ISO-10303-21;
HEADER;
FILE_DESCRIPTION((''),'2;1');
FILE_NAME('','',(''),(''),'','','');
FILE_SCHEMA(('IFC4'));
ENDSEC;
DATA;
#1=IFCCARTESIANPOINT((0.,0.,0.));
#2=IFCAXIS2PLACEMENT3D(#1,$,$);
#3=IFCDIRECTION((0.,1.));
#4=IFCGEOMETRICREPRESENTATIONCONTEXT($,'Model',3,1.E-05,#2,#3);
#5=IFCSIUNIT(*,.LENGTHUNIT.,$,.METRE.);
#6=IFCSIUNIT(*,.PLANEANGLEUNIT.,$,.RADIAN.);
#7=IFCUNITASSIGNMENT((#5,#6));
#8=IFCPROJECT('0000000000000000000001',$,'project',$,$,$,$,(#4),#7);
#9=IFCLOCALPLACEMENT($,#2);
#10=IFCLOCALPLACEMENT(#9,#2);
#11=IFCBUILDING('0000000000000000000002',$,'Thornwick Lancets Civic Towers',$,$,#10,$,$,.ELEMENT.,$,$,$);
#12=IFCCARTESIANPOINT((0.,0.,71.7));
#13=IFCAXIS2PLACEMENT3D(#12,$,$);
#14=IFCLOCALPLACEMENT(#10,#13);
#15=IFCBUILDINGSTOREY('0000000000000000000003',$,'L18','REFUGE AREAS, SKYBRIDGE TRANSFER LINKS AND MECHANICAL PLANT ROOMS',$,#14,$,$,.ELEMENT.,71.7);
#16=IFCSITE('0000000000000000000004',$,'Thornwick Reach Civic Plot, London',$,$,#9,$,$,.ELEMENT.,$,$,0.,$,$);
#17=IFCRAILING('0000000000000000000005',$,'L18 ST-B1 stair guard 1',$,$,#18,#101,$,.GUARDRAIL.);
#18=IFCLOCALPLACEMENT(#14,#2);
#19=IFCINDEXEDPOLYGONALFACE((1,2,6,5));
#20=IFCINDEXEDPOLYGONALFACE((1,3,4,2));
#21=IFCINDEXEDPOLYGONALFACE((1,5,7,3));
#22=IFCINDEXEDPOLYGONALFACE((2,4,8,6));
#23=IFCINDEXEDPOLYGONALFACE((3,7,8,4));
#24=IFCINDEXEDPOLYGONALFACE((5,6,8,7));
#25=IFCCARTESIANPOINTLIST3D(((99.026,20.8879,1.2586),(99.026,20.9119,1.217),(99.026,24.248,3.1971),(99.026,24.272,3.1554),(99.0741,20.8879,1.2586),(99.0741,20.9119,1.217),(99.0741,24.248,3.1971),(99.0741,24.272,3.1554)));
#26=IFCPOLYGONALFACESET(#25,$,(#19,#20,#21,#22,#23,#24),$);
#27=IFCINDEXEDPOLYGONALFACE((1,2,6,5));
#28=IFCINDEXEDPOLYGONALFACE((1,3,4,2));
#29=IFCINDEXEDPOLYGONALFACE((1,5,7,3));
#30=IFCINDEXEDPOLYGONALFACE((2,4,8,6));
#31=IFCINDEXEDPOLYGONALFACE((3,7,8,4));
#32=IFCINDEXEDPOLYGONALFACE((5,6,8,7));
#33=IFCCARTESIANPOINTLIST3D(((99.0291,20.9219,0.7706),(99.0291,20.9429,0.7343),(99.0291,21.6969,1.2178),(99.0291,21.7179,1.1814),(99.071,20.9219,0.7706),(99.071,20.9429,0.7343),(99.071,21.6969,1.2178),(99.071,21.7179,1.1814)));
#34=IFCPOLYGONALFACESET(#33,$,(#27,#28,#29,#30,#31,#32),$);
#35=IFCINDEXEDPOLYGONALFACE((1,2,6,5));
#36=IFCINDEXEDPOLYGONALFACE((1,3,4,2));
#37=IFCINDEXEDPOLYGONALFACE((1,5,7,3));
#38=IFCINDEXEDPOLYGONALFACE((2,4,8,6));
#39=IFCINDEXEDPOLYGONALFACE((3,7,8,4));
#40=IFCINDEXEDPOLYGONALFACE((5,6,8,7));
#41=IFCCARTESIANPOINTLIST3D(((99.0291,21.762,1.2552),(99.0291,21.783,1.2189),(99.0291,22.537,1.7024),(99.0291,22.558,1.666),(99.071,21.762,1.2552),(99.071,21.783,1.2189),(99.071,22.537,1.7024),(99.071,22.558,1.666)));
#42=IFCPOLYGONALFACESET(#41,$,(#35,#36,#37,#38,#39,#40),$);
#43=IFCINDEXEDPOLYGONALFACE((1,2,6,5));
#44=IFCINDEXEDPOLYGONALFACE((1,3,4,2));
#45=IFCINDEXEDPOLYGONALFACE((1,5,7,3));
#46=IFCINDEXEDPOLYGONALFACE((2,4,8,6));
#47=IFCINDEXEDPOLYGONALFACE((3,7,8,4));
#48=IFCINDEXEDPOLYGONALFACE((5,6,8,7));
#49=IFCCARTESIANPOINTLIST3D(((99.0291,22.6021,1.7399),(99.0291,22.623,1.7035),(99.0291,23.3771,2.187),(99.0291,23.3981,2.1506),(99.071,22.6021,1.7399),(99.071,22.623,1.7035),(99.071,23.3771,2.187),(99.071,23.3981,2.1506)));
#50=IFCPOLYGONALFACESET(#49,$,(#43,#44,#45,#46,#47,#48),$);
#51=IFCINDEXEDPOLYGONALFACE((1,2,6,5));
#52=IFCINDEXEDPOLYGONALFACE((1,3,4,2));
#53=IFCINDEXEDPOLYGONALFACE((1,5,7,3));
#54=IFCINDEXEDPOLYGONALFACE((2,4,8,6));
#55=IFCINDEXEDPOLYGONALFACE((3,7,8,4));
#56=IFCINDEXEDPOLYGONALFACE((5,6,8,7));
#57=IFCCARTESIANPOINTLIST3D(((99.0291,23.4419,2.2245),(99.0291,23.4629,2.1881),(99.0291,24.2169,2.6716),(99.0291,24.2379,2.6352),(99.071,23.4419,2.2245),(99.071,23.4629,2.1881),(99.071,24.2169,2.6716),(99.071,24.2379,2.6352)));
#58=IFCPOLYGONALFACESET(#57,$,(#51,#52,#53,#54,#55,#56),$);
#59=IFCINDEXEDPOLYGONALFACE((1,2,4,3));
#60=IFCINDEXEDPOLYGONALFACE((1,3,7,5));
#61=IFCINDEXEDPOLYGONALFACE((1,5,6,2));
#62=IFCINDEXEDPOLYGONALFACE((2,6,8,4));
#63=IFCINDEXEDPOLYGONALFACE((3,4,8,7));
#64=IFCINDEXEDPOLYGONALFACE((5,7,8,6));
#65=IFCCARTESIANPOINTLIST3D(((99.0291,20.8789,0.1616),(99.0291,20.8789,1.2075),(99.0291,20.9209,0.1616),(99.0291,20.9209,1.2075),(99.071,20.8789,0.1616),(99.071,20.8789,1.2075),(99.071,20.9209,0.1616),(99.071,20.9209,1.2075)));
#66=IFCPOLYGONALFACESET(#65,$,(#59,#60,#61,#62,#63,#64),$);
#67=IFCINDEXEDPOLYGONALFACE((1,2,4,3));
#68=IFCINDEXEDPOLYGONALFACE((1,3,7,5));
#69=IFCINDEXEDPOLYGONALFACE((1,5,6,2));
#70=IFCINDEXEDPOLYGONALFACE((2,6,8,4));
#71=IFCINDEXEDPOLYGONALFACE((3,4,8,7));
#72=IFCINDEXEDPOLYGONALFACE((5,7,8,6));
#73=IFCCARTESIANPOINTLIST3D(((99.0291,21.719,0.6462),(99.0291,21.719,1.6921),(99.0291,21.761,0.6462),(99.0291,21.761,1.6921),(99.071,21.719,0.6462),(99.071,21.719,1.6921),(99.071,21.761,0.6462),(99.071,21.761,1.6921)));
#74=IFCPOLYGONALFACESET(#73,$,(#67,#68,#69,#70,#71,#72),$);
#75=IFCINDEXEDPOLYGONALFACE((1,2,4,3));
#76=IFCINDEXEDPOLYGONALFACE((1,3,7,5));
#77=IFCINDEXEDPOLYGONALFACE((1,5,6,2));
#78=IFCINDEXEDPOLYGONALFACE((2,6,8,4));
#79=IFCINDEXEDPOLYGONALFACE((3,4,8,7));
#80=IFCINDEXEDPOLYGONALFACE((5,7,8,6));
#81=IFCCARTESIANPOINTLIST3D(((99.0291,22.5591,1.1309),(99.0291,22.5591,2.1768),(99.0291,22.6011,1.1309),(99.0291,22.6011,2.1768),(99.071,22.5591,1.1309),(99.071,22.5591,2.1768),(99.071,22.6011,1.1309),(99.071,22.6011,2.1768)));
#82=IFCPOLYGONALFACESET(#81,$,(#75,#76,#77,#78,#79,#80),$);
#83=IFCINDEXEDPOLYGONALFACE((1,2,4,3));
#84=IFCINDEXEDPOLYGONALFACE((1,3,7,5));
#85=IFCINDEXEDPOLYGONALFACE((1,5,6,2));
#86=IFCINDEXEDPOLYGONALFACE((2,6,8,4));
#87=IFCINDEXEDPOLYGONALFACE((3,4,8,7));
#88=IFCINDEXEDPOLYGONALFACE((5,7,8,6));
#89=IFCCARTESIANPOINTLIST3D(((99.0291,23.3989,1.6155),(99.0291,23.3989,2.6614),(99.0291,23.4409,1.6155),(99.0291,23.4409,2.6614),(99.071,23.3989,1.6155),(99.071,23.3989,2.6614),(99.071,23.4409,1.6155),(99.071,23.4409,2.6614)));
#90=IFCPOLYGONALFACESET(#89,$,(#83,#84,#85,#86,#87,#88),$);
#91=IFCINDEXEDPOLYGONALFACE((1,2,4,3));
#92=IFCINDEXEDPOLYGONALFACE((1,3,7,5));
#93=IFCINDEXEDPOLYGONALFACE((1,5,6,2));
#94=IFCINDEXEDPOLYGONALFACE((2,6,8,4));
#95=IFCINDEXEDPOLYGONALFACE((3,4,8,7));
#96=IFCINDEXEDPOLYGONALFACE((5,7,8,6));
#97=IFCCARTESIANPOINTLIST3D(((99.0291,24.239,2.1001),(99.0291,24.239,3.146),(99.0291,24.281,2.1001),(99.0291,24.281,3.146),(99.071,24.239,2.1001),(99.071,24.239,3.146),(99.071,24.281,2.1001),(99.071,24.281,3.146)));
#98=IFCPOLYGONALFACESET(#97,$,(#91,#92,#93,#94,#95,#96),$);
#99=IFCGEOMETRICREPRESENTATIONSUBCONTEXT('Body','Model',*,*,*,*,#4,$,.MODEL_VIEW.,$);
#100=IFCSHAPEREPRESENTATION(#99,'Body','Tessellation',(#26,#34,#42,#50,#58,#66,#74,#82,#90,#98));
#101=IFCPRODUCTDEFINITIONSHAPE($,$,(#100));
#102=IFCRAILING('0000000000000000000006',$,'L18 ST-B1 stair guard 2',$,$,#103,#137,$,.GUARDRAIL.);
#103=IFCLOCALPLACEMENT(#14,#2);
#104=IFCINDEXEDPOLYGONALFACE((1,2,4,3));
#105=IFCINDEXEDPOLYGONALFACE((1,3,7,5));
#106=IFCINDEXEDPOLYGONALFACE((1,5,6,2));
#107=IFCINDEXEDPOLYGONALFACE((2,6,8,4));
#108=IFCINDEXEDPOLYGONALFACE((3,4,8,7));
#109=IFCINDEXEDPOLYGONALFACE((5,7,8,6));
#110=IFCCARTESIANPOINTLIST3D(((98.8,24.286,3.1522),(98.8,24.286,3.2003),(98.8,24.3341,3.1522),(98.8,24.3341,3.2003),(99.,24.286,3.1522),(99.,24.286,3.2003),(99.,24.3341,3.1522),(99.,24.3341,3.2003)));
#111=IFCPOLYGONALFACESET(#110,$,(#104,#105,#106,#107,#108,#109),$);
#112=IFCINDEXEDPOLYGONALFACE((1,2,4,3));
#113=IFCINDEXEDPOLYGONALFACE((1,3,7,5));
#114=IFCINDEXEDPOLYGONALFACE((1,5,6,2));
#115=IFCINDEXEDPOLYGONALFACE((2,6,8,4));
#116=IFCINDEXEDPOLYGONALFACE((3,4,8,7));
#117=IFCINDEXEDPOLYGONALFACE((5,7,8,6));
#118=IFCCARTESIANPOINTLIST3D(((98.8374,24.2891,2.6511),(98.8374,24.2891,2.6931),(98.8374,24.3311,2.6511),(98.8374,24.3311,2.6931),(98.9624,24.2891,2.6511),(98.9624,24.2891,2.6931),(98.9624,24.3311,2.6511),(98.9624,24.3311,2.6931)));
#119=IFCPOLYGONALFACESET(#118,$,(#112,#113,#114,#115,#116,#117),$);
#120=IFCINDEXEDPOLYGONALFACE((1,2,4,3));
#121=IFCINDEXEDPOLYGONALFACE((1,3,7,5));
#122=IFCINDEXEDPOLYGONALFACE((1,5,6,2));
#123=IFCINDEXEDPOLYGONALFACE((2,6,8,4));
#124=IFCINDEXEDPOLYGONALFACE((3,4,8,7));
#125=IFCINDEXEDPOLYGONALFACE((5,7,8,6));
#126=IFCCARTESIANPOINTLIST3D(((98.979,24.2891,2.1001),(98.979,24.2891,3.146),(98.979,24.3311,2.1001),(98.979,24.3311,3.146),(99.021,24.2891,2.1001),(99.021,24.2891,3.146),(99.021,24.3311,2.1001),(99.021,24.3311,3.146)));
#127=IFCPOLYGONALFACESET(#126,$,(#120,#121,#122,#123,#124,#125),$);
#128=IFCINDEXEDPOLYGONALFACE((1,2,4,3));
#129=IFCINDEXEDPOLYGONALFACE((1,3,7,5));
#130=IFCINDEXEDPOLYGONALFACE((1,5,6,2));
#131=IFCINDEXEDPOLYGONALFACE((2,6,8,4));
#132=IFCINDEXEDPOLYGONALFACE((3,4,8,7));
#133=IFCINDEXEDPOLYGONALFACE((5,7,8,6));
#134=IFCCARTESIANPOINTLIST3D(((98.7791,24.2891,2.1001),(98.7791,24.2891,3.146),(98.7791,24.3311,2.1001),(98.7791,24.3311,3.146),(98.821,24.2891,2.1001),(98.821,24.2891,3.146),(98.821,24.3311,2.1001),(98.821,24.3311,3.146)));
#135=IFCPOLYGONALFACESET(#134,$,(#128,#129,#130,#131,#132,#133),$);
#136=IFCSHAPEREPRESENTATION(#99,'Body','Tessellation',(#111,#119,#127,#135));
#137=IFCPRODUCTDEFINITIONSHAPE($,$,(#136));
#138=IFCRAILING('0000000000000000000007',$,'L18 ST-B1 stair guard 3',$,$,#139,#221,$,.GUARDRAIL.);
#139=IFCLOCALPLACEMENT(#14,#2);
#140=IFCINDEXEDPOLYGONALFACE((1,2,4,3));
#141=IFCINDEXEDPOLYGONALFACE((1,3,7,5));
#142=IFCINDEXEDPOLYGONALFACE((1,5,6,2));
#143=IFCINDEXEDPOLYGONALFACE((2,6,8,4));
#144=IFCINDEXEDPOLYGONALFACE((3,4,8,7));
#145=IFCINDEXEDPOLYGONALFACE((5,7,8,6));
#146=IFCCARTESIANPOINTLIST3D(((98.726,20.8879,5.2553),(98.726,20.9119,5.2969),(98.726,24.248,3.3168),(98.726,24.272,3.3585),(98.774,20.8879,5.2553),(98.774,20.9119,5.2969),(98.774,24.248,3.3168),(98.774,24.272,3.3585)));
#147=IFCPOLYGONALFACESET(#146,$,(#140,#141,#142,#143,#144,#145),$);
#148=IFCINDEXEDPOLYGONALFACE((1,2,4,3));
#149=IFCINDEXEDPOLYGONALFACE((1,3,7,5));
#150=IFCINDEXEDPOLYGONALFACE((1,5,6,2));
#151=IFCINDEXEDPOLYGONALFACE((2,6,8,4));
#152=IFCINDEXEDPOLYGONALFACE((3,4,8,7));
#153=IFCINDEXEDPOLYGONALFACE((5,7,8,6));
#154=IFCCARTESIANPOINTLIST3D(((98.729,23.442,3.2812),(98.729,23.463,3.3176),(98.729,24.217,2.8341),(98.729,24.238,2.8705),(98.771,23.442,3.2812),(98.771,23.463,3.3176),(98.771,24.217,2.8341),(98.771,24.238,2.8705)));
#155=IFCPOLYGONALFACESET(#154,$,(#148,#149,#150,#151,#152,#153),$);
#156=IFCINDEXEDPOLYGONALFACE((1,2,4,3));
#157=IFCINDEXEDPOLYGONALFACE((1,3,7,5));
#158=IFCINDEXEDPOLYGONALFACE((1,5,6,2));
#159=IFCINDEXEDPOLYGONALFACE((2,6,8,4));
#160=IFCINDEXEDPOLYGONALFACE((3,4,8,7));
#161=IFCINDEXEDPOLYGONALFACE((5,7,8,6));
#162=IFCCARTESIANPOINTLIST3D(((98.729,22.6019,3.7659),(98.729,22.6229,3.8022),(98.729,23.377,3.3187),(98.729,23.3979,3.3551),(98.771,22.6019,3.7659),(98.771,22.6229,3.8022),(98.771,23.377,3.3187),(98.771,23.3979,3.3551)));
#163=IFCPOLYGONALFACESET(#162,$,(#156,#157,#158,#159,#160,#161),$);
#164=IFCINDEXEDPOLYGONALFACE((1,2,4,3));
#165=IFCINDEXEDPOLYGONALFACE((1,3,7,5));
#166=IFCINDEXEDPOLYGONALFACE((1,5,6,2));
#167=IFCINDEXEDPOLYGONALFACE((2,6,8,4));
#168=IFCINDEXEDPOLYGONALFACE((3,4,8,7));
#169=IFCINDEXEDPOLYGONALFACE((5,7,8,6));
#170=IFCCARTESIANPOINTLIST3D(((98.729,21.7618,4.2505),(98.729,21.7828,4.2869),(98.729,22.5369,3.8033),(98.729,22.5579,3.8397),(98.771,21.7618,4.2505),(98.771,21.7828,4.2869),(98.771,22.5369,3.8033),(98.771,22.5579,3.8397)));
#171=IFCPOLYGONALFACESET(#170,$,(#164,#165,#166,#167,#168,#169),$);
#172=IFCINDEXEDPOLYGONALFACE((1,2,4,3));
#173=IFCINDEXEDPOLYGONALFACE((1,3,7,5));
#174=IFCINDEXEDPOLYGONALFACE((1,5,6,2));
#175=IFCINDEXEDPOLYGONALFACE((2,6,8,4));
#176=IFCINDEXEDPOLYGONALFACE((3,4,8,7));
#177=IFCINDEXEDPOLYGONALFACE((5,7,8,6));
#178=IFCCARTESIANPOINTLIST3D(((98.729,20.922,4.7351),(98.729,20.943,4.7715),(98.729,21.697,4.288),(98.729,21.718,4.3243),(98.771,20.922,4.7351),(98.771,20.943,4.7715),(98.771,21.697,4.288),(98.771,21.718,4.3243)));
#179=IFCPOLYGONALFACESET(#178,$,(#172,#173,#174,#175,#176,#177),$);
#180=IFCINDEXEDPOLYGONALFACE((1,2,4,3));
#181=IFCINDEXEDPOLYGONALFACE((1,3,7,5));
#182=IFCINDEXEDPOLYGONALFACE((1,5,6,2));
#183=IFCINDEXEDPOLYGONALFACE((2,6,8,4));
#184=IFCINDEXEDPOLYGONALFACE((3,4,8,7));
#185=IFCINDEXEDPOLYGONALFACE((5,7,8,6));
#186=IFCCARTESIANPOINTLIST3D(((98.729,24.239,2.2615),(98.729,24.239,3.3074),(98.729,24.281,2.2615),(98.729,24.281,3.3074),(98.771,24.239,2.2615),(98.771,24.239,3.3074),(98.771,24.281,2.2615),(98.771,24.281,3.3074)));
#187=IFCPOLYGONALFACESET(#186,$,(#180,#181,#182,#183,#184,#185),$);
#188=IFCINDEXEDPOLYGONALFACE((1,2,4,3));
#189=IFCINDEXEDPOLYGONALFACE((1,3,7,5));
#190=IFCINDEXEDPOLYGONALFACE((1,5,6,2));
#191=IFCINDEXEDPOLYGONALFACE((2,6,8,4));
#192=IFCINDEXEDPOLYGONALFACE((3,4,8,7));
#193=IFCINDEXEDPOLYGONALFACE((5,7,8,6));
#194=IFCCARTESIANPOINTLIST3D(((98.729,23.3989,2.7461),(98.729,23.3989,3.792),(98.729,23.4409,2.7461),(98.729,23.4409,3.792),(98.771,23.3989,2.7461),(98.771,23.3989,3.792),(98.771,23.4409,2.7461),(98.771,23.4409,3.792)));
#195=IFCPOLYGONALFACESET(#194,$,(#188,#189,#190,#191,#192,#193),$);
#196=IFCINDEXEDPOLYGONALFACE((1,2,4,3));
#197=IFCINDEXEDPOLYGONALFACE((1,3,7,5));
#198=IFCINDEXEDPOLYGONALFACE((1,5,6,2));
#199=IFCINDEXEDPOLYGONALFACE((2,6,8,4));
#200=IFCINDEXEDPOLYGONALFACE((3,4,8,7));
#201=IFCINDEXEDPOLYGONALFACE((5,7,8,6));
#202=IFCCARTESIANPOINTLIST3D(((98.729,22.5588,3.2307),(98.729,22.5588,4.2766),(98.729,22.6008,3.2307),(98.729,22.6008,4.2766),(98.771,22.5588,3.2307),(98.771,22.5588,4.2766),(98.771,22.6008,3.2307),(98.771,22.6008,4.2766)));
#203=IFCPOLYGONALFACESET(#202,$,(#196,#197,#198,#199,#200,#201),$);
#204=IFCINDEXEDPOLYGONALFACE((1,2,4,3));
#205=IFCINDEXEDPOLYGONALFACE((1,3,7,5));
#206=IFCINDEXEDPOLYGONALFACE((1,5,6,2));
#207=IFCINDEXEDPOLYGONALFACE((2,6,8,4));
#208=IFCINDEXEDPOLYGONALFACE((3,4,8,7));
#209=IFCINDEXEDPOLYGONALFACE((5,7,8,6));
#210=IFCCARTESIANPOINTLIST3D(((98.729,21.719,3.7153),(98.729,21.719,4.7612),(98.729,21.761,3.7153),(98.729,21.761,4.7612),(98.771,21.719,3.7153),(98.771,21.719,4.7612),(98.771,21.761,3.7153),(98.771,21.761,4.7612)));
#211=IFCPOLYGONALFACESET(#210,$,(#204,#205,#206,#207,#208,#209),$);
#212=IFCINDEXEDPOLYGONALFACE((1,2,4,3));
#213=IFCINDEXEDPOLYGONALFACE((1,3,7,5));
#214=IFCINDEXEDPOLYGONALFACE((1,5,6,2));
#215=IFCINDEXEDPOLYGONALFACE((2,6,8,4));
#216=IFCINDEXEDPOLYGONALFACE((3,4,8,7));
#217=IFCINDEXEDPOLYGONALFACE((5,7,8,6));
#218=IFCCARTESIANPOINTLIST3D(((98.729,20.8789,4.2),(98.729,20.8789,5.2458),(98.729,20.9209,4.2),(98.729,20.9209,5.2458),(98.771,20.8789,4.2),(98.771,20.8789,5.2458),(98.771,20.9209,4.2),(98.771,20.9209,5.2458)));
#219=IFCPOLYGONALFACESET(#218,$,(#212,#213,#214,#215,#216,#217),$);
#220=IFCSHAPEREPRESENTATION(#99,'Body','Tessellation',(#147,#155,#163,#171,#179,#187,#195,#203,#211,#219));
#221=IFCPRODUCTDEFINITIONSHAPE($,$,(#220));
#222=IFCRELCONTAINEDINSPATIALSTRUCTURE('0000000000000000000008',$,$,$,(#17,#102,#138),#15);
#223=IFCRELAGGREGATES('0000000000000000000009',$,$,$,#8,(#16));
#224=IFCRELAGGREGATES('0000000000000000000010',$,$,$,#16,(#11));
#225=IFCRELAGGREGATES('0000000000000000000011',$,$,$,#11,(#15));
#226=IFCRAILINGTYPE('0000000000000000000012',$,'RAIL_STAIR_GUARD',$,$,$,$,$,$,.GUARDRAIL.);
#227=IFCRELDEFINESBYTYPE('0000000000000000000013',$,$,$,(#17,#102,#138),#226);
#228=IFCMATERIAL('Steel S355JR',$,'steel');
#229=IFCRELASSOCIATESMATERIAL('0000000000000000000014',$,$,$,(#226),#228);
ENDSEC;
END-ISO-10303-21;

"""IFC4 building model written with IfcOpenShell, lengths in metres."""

from ifc_helpers import new_model, si_unit, direction, frame, origin, origin_2d, place, context, subcontext, project, spatial, rectangle, extrude, material, type_object, element, save


model = new_model("IFC4")

# Units and contexts
model_context = context("Model", 3, precision=1e-05, world=origin(), true_north=direction((0.0, 1.0)))
body_context = subcontext(model_context, "Body", "Model", "MODEL_VIEW")
ifc_project = project(units=[si_unit("LENGTHUNIT", "METRE"), si_unit("PLANEANGLEUNIT", "RADIAN")], contexts=[model_context])

# Site, building, storey
site_placement = place(None, origin())
site = spatial("IfcSite", under=ifc_project, at=site_placement, Name="Thornwick Reach Civic Plot, London", CompositionType="ELEMENT", RefElevation=0.0)
building_placement = place(site_placement, origin())
building = spatial("IfcBuilding", under=site, at=building_placement, Name="Thornwick Lancets Civic Towers", CompositionType="ELEMENT")
storey_placement = place(building_placement, frame((0.0, 0.0, 71.7)))
storey = spatial("IfcBuildingStorey", under=building, at=storey_placement, Name="L18", Description="REFUGE AREAS, SKYBRIDGE TRANSFER LINKS AND MECHANICAL PLANT ROOMS", CompositionType="ELEMENT", Elevation=71.7)

# Shared definitions
ifc_material_1 = material(Name="Steel S355JR", Category="steel")

# Railings
railing_type_1 = type_object("IfcRailingType", Name="RAIL_STAIR_GUARD", PredefinedType="GUARDRAIL", material=ifc_material_1)
railing_1_placement = place(storey_placement, frame((99.05, 20.8999, 0.1616)))
element("IfcRailing", 1, at=railing_1_placement, inside=storey, type_object=railing_type_1, Name="L18 ST-B1 stair guard 1", PredefinedType="GUARDRAIL", context=body_context, shape_type="SweptSolid", body=[
    extrude(rectangle(XDim=0.0481, YDim=0.0481, at=origin_2d()), frame((0.0, 0.0, 1.0762), z_axis=(0.0, 0.866191, 0.499713), x_axis=(-1.0, 0.0, 0.0)), (0.0, 0.0, 1.0), 3.8792),
    extrude(rectangle(XDim=0.042, YDim=0.042, at=origin_2d()), frame((0.0, 0.0325, 0.5908), z_axis=(0.0, 0.866191, 0.499713), x_axis=(-1.0, 0.0, 0.0)), (0.0, 0.0, 1.0), 0.8948),
    extrude(rectangle(XDim=0.042, YDim=0.042, at=origin_2d()), frame((0.0, 0.8726, 1.0754), z_axis=(0.0, 0.866191, 0.499713), x_axis=(-1.0, 0.0, 0.0)), (0.0, 0.0, 1.0), 0.8948),
    extrude(rectangle(XDim=0.042, YDim=0.042, at=origin_2d()), frame((0.0, 1.7126, 1.5601), z_axis=(0.0, 0.866191, 0.499713), x_axis=(-1.0, 0.0, 0.0)), (0.0, 0.0, 1.0), 0.8948),
    extrude(rectangle(XDim=0.042, YDim=0.042, at=origin_2d()), frame((0.0, 2.5525, 2.0447), z_axis=(0.0, 0.866191, 0.499713), x_axis=(-1.0, 0.0, 0.0)), (0.0, 0.0, 1.0), 0.8948),
    extrude(rectangle(XDim=0.042, YDim=0.042, at=origin_2d()), origin(), (0.0, 0.0, 1.0), 1.0459),
    extrude(rectangle(XDim=0.042, YDim=0.042, at=origin_2d()), frame((0.0, 0.8401, 0.4846)), (0.0, 0.0, 1.0), 1.0459),
    extrude(rectangle(XDim=0.042, YDim=0.042, at=origin_2d()), frame((0.0, 1.6802, 0.9692)), (0.0, 0.0, 1.0), 1.0459),
    extrude(rectangle(XDim=0.042, YDim=0.042, at=origin_2d()), frame((0.0, 2.52, 1.4539)), (0.0, 0.0, 1.0), 1.0459),
    extrude(rectangle(XDim=0.042, YDim=0.042, at=origin_2d()), frame((0.0, 3.3601, 1.9385)), (0.0, 0.0, 1.0), 1.0459),
])
railing_2_placement = place(storey_placement, frame((99.0, 24.3101, 2.1001)))
element("IfcRailing", 2, at=railing_2_placement, inside=storey, type_object=railing_type_1, Name="L18 ST-B1 stair guard 2", PredefinedType="GUARDRAIL", context=body_context, shape_type="SweptSolid", body=[
    extrude(rectangle(XDim=0.0481, YDim=0.0481, at=origin_2d()), frame((0.0, 0.0, 1.0762), z_axis=(-1.0, 0.0, 0.0), x_axis=(0.0, -1.0, 0.0)), (0.0, 0.0, 1.0), 0.2),
    extrude(rectangle(XDim=0.042, YDim=0.042, at=origin_2d()), frame((-0.0376, 0.0, 0.572), z_axis=(-1.0, 0.0, 0.0), x_axis=(0.0, -1.0, 0.0)), (0.0, 0.0, 1.0), 0.125),
    extrude(rectangle(XDim=0.042, YDim=0.042, at=origin_2d()), origin(), (0.0, 0.0, 1.0), 1.0459),
    extrude(rectangle(XDim=0.042, YDim=0.042, at=origin_2d()), frame((-0.2, 0.0, 0.0)), (0.0, 0.0, 1.0), 1.0459),
])
railing_3_placement = place(storey_placement, frame((98.75, 24.26, 2.2615)))
element("IfcRailing", 3, at=railing_3_placement, inside=storey, type_object=railing_type_1, Name="L18 ST-B1 stair guard 3", PredefinedType="GUARDRAIL", context=body_context, shape_type="SweptSolid", body=[
    extrude(rectangle(XDim=0.0481, YDim=0.0481, at=origin_2d()), frame((0.0, 0.0, 1.0762), z_axis=(0.0, -0.866191, 0.499713), x_axis=(1.0, 0.0, 0.0)), (0.0, 0.0, 1.0), 3.8792),
    extrude(rectangle(XDim=0.042, YDim=0.042, at=origin_2d()), frame((0.0, -0.0325, 0.5908), z_axis=(0.0, -0.866191, 0.499713), x_axis=(1.0, 0.0, 0.0)), (0.0, 0.0, 1.0), 0.8948),
    extrude(rectangle(XDim=0.042, YDim=0.042, at=origin_2d()), frame((0.0, -0.8726, 1.0754), z_axis=(0.0, -0.866191, 0.499713), x_axis=(1.0, 0.0, 0.0)), (0.0, 0.0, 1.0), 0.8948),
    extrude(rectangle(XDim=0.042, YDim=0.042, at=origin_2d()), frame((0.0, -1.7126, 1.5601), z_axis=(0.0, -0.866191, 0.499713), x_axis=(1.0, 0.0, 0.0)), (0.0, 0.0, 1.0), 0.8948),
    extrude(rectangle(XDim=0.042, YDim=0.042, at=origin_2d()), frame((0.0, -2.5525, 2.0447), z_axis=(0.0, -0.866191, 0.499713), x_axis=(1.0, 0.0, 0.0)), (0.0, 0.0, 1.0), 0.8948),
    extrude(rectangle(XDim=0.042, YDim=0.042, at=origin_2d()), origin(), (0.0, 0.0, 1.0), 1.0459),
    extrude(rectangle(XDim=0.042, YDim=0.042, at=origin_2d()), frame((0.0, -0.8401, 0.4846)), (0.0, 0.0, 1.0), 1.0459),
    extrude(rectangle(XDim=0.042, YDim=0.042, at=origin_2d()), frame((0.0, -1.6802, 0.9692)), (0.0, 0.0, 1.0), 1.0459),
    extrude(rectangle(XDim=0.042, YDim=0.042, at=origin_2d()), frame((0.0, -2.52, 1.4539)), (0.0, 0.0, 1.0), 1.0459),
    extrude(rectangle(XDim=0.042, YDim=0.042, at=origin_2d()), frame((0.0, -3.3601, 1.9385)), (0.0, 0.0, 1.0), 1.0459),
])

save(model, "model.ifc")
